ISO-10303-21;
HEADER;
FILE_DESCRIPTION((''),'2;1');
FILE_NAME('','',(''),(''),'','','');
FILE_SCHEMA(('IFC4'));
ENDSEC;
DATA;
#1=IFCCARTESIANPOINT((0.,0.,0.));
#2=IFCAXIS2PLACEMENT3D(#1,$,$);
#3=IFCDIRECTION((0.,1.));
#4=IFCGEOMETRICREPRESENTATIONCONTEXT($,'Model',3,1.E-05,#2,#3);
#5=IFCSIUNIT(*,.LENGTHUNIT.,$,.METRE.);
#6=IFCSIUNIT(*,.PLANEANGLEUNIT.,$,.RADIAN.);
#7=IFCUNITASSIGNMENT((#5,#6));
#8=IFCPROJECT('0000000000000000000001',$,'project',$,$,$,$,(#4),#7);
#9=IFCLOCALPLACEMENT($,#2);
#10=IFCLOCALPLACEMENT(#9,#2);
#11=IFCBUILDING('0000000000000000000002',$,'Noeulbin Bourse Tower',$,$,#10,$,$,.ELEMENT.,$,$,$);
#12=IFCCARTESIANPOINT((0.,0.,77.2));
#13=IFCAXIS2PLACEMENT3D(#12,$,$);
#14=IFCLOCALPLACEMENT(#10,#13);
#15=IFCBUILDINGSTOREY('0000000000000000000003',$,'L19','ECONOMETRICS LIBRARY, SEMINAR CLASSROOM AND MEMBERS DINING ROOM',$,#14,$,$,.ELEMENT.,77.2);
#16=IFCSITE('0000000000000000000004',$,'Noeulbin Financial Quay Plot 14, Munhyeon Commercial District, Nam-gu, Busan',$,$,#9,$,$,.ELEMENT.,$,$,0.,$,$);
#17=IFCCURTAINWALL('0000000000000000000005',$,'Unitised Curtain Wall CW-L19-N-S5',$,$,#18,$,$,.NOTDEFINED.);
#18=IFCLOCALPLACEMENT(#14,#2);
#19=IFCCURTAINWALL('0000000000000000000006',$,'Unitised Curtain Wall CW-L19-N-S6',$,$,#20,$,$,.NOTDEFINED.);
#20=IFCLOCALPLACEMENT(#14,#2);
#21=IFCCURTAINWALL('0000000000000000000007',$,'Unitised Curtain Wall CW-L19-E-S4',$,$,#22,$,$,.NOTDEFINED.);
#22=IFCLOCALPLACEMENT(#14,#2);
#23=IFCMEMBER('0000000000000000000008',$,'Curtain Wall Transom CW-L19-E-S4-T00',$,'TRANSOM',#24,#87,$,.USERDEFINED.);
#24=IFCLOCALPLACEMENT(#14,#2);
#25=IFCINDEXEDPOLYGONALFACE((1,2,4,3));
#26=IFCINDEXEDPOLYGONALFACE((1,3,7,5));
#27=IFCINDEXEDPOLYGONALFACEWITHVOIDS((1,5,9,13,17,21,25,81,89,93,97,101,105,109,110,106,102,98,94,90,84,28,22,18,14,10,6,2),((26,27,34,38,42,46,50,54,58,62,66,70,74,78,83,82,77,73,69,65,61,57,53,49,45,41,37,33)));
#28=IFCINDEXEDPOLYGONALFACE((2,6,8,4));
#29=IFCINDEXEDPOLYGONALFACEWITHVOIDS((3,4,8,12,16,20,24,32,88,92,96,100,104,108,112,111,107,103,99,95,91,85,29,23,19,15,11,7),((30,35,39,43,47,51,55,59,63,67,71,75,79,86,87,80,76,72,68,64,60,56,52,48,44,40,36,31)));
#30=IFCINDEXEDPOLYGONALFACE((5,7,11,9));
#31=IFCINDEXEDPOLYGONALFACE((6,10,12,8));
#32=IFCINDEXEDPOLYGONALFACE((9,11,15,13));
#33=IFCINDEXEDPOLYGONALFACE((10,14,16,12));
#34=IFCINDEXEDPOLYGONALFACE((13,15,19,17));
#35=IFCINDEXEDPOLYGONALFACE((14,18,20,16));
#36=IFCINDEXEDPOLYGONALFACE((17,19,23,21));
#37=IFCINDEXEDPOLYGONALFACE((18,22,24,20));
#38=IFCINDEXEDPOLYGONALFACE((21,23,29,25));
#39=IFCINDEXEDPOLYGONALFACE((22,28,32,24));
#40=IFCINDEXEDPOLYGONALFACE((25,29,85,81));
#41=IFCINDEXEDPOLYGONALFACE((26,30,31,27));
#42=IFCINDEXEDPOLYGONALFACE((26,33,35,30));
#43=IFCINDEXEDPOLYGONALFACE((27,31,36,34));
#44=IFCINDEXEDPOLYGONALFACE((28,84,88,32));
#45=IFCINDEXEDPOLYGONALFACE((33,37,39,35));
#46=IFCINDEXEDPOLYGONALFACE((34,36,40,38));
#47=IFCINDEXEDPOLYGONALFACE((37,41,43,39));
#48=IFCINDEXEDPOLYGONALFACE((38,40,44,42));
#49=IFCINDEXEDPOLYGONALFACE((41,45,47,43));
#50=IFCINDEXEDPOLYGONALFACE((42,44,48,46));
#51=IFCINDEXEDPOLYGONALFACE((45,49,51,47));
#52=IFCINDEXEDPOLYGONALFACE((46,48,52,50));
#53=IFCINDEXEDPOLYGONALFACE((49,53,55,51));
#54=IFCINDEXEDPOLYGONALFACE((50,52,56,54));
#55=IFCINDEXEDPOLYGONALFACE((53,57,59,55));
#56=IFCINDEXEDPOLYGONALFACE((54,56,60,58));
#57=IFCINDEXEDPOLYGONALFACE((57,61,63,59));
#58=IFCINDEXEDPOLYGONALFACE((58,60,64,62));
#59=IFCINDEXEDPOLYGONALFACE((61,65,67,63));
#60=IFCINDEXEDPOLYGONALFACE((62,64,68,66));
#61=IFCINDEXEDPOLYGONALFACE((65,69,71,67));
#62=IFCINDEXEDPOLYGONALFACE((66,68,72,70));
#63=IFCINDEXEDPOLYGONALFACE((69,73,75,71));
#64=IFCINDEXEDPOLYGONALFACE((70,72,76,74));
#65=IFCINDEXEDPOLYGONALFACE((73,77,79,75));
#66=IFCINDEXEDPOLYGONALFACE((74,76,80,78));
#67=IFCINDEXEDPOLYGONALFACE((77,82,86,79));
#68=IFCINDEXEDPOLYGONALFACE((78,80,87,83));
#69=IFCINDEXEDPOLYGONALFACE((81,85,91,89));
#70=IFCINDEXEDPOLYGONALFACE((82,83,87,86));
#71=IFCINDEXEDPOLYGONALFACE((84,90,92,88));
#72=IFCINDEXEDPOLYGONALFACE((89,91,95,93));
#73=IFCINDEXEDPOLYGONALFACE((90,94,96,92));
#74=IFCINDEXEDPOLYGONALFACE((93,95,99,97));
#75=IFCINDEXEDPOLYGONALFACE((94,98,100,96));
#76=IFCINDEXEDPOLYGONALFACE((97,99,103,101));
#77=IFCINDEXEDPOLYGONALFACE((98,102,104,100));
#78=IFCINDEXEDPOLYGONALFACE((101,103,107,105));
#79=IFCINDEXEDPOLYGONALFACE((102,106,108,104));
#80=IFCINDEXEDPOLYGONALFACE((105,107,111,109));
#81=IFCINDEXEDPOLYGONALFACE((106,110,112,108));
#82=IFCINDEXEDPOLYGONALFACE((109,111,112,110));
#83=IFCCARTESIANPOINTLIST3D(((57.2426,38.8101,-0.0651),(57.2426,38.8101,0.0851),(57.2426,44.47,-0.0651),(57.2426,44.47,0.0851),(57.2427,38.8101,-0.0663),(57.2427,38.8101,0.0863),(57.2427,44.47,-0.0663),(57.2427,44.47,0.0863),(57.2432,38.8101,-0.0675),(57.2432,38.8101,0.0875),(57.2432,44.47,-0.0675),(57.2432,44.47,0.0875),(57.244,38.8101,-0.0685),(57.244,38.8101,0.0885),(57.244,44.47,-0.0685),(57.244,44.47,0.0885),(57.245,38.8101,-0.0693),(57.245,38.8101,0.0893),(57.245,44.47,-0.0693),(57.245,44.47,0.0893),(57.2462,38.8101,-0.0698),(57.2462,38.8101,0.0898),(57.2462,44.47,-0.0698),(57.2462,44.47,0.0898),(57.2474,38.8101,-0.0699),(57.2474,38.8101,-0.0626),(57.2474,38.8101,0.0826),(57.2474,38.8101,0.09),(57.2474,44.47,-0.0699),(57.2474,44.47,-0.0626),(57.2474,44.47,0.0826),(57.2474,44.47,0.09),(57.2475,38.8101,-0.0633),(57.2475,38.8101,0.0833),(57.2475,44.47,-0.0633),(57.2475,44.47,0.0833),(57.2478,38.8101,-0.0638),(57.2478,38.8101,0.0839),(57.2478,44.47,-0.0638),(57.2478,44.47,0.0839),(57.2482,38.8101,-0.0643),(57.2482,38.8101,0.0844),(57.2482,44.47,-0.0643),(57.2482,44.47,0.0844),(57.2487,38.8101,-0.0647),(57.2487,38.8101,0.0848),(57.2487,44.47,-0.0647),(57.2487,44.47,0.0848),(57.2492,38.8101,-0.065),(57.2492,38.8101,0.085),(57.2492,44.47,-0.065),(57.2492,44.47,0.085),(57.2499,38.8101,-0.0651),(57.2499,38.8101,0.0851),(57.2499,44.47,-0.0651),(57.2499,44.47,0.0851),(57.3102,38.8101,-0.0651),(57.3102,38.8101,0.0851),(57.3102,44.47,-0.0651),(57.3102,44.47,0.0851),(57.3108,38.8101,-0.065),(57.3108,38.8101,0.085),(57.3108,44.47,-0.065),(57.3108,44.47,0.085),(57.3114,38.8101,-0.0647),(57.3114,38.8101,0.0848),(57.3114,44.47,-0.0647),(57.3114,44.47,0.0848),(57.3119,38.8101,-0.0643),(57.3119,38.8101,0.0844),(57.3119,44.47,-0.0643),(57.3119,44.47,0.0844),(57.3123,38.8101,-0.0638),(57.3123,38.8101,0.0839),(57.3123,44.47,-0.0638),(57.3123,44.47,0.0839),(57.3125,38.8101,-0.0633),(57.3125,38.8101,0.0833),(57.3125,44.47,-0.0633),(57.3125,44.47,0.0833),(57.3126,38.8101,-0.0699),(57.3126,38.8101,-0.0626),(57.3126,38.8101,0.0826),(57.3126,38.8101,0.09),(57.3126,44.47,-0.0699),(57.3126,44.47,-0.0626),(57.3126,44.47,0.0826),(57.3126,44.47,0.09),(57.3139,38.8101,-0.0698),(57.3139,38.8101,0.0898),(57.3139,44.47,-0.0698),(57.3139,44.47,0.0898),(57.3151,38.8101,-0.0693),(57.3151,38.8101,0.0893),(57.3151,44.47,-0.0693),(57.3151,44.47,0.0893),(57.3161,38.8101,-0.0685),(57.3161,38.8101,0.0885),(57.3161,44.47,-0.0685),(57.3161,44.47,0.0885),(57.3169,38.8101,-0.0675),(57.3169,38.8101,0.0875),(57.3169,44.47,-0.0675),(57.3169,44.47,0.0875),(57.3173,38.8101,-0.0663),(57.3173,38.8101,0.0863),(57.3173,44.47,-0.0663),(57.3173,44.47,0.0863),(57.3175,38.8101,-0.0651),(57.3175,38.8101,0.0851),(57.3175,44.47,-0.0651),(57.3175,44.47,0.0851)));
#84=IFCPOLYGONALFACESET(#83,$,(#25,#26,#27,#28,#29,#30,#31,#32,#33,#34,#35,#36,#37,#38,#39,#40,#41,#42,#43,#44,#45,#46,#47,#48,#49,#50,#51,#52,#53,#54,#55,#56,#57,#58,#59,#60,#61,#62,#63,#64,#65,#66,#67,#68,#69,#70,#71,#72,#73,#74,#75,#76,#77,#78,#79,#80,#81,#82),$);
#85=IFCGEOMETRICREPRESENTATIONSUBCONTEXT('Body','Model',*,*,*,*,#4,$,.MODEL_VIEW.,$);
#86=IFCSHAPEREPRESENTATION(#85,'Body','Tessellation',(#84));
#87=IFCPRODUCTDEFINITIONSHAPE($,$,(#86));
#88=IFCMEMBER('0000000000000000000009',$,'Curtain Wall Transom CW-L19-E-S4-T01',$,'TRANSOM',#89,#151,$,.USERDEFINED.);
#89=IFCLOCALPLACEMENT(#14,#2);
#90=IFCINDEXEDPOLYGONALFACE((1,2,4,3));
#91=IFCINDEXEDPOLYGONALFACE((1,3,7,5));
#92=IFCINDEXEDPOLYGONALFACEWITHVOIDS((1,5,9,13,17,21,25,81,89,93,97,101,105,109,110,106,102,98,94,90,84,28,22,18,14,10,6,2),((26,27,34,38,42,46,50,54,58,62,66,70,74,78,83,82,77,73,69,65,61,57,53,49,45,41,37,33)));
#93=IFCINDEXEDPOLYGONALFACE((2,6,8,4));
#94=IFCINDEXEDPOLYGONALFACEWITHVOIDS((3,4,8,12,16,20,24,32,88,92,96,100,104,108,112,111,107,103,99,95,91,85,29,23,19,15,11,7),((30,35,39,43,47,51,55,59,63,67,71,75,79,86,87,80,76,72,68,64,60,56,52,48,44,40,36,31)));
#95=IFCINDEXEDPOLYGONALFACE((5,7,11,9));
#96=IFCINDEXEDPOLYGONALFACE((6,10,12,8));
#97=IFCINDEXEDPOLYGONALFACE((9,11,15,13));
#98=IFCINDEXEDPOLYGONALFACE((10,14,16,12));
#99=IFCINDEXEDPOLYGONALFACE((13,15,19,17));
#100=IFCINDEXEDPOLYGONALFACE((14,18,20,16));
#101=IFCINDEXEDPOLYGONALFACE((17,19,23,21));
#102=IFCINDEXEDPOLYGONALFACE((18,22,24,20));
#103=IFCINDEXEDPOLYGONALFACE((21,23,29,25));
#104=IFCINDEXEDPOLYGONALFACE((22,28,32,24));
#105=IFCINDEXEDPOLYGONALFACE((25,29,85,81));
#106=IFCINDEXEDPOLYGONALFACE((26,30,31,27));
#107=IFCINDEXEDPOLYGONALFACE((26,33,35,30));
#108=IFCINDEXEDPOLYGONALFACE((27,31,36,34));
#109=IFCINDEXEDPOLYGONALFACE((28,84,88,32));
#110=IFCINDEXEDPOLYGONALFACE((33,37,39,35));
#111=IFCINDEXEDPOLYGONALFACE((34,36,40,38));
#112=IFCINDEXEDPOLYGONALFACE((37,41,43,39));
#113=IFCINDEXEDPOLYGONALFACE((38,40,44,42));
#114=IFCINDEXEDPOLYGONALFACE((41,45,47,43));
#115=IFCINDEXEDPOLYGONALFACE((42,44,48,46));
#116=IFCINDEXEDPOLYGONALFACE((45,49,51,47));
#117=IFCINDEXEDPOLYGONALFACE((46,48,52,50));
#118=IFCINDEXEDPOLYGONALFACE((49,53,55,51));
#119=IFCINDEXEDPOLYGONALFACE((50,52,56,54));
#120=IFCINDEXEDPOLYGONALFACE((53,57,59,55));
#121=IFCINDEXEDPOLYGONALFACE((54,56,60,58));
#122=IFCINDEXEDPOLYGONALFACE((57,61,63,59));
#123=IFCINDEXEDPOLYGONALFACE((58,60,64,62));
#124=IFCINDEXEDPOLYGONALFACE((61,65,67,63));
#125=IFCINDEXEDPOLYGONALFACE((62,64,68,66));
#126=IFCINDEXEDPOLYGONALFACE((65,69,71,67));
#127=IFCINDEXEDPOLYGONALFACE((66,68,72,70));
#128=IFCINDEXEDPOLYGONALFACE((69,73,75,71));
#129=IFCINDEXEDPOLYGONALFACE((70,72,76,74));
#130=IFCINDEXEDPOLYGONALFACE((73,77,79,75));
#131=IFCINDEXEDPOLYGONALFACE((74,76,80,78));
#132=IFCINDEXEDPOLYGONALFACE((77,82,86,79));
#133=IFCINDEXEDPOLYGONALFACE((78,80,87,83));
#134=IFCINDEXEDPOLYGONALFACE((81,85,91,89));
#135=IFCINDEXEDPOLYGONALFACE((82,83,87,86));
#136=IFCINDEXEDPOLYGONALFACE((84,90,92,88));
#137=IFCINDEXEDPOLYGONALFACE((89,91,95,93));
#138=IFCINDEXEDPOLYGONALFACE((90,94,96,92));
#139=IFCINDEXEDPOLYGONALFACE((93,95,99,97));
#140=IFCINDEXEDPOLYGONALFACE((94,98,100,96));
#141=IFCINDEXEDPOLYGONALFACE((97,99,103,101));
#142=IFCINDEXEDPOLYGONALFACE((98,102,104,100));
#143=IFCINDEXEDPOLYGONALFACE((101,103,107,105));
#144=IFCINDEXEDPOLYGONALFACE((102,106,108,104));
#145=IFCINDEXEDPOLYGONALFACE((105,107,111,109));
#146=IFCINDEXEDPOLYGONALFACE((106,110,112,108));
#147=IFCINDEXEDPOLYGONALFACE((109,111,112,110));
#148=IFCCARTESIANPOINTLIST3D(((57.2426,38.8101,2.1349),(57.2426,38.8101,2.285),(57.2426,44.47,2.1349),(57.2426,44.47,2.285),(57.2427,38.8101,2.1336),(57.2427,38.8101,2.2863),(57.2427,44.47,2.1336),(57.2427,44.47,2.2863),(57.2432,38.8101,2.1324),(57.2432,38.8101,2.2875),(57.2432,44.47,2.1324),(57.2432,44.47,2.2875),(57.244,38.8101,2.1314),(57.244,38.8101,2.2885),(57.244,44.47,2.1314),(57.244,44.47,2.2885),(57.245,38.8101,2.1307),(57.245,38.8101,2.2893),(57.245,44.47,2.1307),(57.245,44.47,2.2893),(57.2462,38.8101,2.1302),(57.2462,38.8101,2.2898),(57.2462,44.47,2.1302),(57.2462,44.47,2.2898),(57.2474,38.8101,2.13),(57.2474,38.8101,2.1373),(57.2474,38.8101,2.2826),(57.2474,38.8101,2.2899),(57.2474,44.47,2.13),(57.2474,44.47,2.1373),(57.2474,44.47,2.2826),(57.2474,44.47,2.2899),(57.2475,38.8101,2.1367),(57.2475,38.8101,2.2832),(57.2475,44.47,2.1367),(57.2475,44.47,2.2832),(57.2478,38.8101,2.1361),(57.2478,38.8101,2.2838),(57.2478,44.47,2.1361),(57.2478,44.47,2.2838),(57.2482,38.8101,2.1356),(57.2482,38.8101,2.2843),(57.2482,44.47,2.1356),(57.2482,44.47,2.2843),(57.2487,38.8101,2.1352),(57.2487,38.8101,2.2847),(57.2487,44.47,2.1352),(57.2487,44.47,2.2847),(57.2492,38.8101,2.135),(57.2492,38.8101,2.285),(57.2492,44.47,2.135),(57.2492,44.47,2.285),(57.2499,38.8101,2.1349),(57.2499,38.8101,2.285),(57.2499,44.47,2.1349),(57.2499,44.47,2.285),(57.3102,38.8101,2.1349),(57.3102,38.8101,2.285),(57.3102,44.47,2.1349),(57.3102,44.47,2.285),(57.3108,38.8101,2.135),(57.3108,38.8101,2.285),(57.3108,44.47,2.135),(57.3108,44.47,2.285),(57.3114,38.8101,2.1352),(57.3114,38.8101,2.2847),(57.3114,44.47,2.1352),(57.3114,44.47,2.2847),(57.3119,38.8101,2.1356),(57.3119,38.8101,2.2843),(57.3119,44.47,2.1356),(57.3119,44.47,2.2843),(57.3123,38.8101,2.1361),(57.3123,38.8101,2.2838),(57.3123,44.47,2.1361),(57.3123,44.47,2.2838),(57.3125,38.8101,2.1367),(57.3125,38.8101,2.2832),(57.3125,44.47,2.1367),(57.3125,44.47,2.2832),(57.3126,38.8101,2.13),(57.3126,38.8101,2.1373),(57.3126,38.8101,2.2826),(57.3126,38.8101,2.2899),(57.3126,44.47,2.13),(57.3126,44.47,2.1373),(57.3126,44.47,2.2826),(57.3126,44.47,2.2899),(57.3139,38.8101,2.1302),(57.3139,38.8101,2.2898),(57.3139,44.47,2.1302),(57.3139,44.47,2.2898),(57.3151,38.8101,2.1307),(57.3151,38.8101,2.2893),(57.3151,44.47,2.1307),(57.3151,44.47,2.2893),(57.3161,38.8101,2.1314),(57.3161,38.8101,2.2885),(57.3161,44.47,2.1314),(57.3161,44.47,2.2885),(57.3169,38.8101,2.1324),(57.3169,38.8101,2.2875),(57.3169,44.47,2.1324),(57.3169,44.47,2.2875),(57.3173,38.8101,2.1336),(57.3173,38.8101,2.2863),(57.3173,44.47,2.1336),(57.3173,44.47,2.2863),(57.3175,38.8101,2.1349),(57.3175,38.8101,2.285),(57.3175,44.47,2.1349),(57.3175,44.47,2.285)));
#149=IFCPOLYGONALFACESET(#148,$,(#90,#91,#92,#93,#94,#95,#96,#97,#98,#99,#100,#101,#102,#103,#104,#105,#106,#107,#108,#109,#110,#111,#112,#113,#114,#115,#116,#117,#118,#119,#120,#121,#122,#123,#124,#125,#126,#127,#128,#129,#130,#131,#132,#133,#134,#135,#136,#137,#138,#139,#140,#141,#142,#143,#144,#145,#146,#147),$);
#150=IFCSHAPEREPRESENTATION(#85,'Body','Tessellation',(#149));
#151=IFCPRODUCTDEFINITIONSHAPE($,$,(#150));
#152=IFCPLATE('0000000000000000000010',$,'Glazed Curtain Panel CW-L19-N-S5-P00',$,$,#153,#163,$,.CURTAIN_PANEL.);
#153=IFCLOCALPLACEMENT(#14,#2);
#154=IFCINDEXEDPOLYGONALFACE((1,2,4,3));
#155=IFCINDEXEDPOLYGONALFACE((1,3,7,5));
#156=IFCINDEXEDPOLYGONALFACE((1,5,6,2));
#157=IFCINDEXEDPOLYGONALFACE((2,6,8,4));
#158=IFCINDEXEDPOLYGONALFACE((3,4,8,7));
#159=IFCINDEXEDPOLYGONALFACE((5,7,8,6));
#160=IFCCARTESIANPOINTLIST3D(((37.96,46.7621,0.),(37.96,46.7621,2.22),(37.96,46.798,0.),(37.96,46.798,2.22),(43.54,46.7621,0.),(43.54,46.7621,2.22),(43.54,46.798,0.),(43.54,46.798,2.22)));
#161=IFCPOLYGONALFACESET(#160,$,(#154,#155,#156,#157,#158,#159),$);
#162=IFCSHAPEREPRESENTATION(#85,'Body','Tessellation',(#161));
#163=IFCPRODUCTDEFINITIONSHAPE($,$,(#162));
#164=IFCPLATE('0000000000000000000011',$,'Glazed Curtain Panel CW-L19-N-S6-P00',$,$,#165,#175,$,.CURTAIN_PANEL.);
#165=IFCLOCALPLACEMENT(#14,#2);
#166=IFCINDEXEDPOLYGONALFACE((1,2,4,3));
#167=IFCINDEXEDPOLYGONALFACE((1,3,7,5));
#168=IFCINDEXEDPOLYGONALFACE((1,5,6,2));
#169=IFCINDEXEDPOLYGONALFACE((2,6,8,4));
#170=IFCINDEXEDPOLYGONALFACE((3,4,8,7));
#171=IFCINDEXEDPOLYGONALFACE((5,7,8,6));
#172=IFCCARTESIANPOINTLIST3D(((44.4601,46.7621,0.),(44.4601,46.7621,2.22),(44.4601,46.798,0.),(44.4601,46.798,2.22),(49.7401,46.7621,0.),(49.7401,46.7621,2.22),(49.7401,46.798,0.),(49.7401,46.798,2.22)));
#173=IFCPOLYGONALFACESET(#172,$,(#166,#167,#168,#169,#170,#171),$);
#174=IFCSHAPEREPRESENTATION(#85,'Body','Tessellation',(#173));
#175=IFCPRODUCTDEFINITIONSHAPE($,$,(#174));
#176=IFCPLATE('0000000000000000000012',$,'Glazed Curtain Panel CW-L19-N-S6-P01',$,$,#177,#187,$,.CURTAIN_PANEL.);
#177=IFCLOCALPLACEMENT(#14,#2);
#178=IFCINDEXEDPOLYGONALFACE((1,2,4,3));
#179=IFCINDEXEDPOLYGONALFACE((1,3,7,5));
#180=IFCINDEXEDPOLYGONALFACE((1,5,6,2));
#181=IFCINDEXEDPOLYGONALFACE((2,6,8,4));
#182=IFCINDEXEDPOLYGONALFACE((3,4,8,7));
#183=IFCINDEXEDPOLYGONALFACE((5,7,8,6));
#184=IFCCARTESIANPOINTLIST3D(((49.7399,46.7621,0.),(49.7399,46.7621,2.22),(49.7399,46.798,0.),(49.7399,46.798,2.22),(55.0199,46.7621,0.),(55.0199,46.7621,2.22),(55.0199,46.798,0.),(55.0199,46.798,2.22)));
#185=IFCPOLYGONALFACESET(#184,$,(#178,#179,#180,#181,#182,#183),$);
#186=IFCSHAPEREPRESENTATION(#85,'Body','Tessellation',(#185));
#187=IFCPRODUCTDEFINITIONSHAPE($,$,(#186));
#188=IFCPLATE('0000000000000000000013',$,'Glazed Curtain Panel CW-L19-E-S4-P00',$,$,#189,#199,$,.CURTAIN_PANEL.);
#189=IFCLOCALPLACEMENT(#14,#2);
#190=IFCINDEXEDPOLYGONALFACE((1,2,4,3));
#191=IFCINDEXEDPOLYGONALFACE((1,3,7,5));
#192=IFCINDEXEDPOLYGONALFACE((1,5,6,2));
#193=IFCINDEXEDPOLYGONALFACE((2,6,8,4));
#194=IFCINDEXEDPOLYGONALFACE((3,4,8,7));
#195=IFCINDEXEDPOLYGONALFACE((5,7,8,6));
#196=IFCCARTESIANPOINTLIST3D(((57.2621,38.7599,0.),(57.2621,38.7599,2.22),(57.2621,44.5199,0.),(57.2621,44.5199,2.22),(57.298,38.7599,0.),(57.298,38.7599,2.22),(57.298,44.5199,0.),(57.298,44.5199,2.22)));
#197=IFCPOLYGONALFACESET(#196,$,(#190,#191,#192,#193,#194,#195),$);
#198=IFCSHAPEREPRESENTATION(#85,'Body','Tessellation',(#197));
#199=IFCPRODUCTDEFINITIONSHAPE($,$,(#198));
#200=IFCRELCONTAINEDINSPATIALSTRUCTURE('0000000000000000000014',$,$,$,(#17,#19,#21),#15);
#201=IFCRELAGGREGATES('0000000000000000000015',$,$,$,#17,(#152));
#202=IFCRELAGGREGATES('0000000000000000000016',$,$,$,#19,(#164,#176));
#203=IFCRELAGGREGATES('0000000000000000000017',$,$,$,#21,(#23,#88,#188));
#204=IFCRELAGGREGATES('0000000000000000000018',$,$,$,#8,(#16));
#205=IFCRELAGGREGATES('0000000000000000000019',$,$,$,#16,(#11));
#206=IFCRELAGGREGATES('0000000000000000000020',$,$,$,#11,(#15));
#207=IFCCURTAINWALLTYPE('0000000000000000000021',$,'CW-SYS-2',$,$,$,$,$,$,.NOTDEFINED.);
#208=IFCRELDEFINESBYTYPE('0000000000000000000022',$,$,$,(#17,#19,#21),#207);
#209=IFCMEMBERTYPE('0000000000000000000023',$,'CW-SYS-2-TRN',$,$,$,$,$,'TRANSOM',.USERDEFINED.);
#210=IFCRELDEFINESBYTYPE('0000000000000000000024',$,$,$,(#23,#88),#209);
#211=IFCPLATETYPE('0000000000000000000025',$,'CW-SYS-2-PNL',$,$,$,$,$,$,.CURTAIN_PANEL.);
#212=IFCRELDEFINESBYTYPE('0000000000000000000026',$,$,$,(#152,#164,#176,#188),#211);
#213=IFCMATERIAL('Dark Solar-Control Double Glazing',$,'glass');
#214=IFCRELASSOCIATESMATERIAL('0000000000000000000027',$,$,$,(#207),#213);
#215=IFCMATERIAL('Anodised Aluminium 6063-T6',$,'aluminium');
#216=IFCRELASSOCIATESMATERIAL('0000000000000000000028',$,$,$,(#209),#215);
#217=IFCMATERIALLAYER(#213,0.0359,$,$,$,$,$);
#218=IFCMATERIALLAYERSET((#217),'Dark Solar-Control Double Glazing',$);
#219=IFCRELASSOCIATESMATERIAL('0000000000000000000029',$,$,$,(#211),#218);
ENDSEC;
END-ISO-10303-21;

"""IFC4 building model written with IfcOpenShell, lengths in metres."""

from ifc_helpers import new_model, si_unit, direction, frame, origin, origin_2d, place, context, subcontext, project, spatial, rectangle, hollow_rectangle, extrude, material, layer, layer_set, material_profile, profile_set, type_object, element, aggregate, save


model = new_model("IFC4")

# Units and contexts
model_context = context("Model", 3, precision=1e-05, world=origin(), true_north=direction((0.0, 1.0)))
body_context = subcontext(model_context, "Body", "Model", "MODEL_VIEW")
ifc_project = project(units=[si_unit("LENGTHUNIT", "METRE"), si_unit("PLANEANGLEUNIT", "RADIAN")], contexts=[model_context])

# Site, building, storey
site_placement = place(None, origin())
site = spatial("IfcSite", under=ifc_project, at=site_placement, Name="Noeulbin Financial Quay Plot 14, Munhyeon Commercial District, Nam-gu, Busan", CompositionType="ELEMENT", RefElevation=0.0)
building_placement = place(site_placement, origin())
building = spatial("IfcBuilding", under=site, at=building_placement, Name="Noeulbin Bourse Tower", CompositionType="ELEMENT")
storey_placement = place(building_placement, frame((0.0, 0.0, 77.2)))
storey = spatial("IfcBuildingStorey", under=building, at=storey_placement, Name="L19", Description="ECONOMETRICS LIBRARY, SEMINAR CLASSROOM AND MEMBERS DINING ROOM", CompositionType="ELEMENT", Elevation=77.2)

# Curtain wall
ifc_material_1 = material(Name="Dark Solar-Control Double Glazing", Category="glass")
curtain_wall_type = type_object("IfcCurtainWallType", Name="CW-SYS-2", PredefinedType="NOTDEFINED", material=ifc_material_1)
curtain_wall_1_placement = place(storey_placement, origin())
curtain_wall_1 = element("IfcCurtainWall", 1, at=curtain_wall_1_placement, inside=storey, type_object=curtain_wall_type, Name="Unitised Curtain Wall CW-L19-N-S5", PredefinedType="NOTDEFINED")
ifc_material_2 = material(Name="Anodised Aluminium 6063-T6", Category="aluminium")

# Curtain walls
curtain_wall_2_placement = place(storey_placement, origin())
curtain_wall_2 = element("IfcCurtainWall", 2, at=curtain_wall_2_placement, inside=storey, type_object=curtain_wall_type, Name="Unitised Curtain Wall CW-L19-N-S6", PredefinedType="NOTDEFINED")
curtain_wall_3_placement = place(storey_placement, origin())
curtain_wall_3 = element("IfcCurtainWall", 3, at=curtain_wall_3_placement, inside=storey, type_object=curtain_wall_type, Name="Unitised Curtain Wall CW-L19-E-S4", PredefinedType="NOTDEFINED")

# Members
ifc_material_profile_1 = material_profile(ifc_material_2, hollow_rectangle(XDim=0.075, YDim=0.1599, WallThickness=0.0049, InnerFilletRadius=0.0024, OuterFilletRadius=0.0049, at=origin_2d()), Name="ALU-TRAN-75x160x5", Category="LoadBearing")
ifc_profile_set_1 = profile_set([ifc_material_profile_1], Name="Anodised Aluminium 6063-T6")
member_type_1 = type_object("IfcMemberType", Name="CW-SYS-2-TRN", ElementType="TRANSOM", PredefinedType="USERDEFINED", material=ifc_profile_set_1)
member_1_placement = place(storey_placement, frame((57.28, 38.8101, 0.01), z_axis=(0.0, 1.0, 0.0), x_axis=(-1.0, 0.0, 0.0)))
member_1 = element("IfcMember", 4, at=member_1_placement, type_object=member_type_1, Name="Curtain Wall Transom CW-L19-E-S4-T00", ObjectType="TRANSOM", PredefinedType="USERDEFINED", context=body_context, shape_type="SweptSolid", body=[
    extrude(hollow_rectangle(XDim=0.075, YDim=0.1599, WallThickness=0.0049, InnerFilletRadius=0.0024, OuterFilletRadius=0.0049, at=origin_2d()), origin(), (0.0, 0.0, 1.0), 5.6599),
])
member_2_placement = place(storey_placement, frame((57.28, 38.8101, 2.21), z_axis=(0.0, 1.0, 0.0), x_axis=(-1.0, 0.0, 0.0)))
member_2 = element("IfcMember", 5, at=member_2_placement, type_object=member_type_1, Name="Curtain Wall Transom CW-L19-E-S4-T01", ObjectType="TRANSOM", PredefinedType="USERDEFINED", context=body_context, shape_type="SweptSolid", body=[
    extrude(hollow_rectangle(XDim=0.075, YDim=0.1599, WallThickness=0.0049, InnerFilletRadius=0.0024, OuterFilletRadius=0.0049, at=origin_2d()), origin(), (0.0, 0.0, 1.0), 5.6599),
])

# Plates
ifc_layer_1 = layer(ifc_material_1, 0.0359)
ifc_layer_set_1 = layer_set([ifc_layer_1], Name="Dark Solar-Control Double Glazing")
plate_type_1 = type_object("IfcPlateType", Name="CW-SYS-2-PNL", PredefinedType="CURTAIN_PANEL", material=ifc_layer_set_1)
plate_1_placement = place(storey_placement, frame((40.75, 46.78, 0.0), z_axis=(0.0, 0.0, 1.0), x_axis=(1.0, 0.0, 0.0)))
plate_1 = element("IfcPlate", 6, at=plate_1_placement, type_object=plate_type_1, Name="Glazed Curtain Panel CW-L19-N-S5-P00", PredefinedType="CURTAIN_PANEL", context=body_context, shape_type="SweptSolid", body=[
    extrude(rectangle(XDim=5.5801, YDim=0.0359, at=origin_2d()), origin(), (0.0, 0.0, 1.0), 2.22),
])
aggregate(curtain_wall_1, [plate_1])
plate_2_placement = place(storey_placement, frame((47.1001, 46.78, 0.0), z_axis=(0.0, 0.0, 1.0), x_axis=(1.0, 0.0, 0.0)))
plate_2 = element("IfcPlate", 7, at=plate_2_placement, type_object=plate_type_1, Name="Glazed Curtain Panel CW-L19-N-S6-P00", PredefinedType="CURTAIN_PANEL", context=body_context, shape_type="SweptSolid", body=[
    extrude(rectangle(XDim=5.28, YDim=0.0359, at=origin_2d()), origin(), (0.0, 0.0, 1.0), 2.22),
])
plate_3_placement = place(storey_placement, frame((52.3799, 46.78, 0.0), z_axis=(0.0, 0.0, 1.0), x_axis=(1.0, 0.0, 0.0)))
plate_3 = element("IfcPlate", 8, at=plate_3_placement, type_object=plate_type_1, Name="Glazed Curtain Panel CW-L19-N-S6-P01", PredefinedType="CURTAIN_PANEL", context=body_context, shape_type="SweptSolid", body=[
    extrude(rectangle(XDim=5.28, YDim=0.0359, at=origin_2d()), origin(), (0.0, 0.0, 1.0), 2.22),
])
aggregate(curtain_wall_2, [plate_2, plate_3])
plate_4_placement = place(storey_placement, frame((57.28, 41.6399, 0.0), z_axis=(0.0, 0.0, 1.0), x_axis=(0.0, 1.0, 0.0)))
plate_4 = element("IfcPlate", 9, at=plate_4_placement, type_object=plate_type_1, Name="Glazed Curtain Panel CW-L19-E-S4-P00", PredefinedType="CURTAIN_PANEL", context=body_context, shape_type="SweptSolid", body=[
    extrude(rectangle(XDim=5.76, YDim=0.0359, at=origin_2d()), origin(), (0.0, 0.0, 1.0), 2.22),
])
aggregate(curtain_wall_3, [member_1, member_2, plate_4])

save(model, "model.ifc")
